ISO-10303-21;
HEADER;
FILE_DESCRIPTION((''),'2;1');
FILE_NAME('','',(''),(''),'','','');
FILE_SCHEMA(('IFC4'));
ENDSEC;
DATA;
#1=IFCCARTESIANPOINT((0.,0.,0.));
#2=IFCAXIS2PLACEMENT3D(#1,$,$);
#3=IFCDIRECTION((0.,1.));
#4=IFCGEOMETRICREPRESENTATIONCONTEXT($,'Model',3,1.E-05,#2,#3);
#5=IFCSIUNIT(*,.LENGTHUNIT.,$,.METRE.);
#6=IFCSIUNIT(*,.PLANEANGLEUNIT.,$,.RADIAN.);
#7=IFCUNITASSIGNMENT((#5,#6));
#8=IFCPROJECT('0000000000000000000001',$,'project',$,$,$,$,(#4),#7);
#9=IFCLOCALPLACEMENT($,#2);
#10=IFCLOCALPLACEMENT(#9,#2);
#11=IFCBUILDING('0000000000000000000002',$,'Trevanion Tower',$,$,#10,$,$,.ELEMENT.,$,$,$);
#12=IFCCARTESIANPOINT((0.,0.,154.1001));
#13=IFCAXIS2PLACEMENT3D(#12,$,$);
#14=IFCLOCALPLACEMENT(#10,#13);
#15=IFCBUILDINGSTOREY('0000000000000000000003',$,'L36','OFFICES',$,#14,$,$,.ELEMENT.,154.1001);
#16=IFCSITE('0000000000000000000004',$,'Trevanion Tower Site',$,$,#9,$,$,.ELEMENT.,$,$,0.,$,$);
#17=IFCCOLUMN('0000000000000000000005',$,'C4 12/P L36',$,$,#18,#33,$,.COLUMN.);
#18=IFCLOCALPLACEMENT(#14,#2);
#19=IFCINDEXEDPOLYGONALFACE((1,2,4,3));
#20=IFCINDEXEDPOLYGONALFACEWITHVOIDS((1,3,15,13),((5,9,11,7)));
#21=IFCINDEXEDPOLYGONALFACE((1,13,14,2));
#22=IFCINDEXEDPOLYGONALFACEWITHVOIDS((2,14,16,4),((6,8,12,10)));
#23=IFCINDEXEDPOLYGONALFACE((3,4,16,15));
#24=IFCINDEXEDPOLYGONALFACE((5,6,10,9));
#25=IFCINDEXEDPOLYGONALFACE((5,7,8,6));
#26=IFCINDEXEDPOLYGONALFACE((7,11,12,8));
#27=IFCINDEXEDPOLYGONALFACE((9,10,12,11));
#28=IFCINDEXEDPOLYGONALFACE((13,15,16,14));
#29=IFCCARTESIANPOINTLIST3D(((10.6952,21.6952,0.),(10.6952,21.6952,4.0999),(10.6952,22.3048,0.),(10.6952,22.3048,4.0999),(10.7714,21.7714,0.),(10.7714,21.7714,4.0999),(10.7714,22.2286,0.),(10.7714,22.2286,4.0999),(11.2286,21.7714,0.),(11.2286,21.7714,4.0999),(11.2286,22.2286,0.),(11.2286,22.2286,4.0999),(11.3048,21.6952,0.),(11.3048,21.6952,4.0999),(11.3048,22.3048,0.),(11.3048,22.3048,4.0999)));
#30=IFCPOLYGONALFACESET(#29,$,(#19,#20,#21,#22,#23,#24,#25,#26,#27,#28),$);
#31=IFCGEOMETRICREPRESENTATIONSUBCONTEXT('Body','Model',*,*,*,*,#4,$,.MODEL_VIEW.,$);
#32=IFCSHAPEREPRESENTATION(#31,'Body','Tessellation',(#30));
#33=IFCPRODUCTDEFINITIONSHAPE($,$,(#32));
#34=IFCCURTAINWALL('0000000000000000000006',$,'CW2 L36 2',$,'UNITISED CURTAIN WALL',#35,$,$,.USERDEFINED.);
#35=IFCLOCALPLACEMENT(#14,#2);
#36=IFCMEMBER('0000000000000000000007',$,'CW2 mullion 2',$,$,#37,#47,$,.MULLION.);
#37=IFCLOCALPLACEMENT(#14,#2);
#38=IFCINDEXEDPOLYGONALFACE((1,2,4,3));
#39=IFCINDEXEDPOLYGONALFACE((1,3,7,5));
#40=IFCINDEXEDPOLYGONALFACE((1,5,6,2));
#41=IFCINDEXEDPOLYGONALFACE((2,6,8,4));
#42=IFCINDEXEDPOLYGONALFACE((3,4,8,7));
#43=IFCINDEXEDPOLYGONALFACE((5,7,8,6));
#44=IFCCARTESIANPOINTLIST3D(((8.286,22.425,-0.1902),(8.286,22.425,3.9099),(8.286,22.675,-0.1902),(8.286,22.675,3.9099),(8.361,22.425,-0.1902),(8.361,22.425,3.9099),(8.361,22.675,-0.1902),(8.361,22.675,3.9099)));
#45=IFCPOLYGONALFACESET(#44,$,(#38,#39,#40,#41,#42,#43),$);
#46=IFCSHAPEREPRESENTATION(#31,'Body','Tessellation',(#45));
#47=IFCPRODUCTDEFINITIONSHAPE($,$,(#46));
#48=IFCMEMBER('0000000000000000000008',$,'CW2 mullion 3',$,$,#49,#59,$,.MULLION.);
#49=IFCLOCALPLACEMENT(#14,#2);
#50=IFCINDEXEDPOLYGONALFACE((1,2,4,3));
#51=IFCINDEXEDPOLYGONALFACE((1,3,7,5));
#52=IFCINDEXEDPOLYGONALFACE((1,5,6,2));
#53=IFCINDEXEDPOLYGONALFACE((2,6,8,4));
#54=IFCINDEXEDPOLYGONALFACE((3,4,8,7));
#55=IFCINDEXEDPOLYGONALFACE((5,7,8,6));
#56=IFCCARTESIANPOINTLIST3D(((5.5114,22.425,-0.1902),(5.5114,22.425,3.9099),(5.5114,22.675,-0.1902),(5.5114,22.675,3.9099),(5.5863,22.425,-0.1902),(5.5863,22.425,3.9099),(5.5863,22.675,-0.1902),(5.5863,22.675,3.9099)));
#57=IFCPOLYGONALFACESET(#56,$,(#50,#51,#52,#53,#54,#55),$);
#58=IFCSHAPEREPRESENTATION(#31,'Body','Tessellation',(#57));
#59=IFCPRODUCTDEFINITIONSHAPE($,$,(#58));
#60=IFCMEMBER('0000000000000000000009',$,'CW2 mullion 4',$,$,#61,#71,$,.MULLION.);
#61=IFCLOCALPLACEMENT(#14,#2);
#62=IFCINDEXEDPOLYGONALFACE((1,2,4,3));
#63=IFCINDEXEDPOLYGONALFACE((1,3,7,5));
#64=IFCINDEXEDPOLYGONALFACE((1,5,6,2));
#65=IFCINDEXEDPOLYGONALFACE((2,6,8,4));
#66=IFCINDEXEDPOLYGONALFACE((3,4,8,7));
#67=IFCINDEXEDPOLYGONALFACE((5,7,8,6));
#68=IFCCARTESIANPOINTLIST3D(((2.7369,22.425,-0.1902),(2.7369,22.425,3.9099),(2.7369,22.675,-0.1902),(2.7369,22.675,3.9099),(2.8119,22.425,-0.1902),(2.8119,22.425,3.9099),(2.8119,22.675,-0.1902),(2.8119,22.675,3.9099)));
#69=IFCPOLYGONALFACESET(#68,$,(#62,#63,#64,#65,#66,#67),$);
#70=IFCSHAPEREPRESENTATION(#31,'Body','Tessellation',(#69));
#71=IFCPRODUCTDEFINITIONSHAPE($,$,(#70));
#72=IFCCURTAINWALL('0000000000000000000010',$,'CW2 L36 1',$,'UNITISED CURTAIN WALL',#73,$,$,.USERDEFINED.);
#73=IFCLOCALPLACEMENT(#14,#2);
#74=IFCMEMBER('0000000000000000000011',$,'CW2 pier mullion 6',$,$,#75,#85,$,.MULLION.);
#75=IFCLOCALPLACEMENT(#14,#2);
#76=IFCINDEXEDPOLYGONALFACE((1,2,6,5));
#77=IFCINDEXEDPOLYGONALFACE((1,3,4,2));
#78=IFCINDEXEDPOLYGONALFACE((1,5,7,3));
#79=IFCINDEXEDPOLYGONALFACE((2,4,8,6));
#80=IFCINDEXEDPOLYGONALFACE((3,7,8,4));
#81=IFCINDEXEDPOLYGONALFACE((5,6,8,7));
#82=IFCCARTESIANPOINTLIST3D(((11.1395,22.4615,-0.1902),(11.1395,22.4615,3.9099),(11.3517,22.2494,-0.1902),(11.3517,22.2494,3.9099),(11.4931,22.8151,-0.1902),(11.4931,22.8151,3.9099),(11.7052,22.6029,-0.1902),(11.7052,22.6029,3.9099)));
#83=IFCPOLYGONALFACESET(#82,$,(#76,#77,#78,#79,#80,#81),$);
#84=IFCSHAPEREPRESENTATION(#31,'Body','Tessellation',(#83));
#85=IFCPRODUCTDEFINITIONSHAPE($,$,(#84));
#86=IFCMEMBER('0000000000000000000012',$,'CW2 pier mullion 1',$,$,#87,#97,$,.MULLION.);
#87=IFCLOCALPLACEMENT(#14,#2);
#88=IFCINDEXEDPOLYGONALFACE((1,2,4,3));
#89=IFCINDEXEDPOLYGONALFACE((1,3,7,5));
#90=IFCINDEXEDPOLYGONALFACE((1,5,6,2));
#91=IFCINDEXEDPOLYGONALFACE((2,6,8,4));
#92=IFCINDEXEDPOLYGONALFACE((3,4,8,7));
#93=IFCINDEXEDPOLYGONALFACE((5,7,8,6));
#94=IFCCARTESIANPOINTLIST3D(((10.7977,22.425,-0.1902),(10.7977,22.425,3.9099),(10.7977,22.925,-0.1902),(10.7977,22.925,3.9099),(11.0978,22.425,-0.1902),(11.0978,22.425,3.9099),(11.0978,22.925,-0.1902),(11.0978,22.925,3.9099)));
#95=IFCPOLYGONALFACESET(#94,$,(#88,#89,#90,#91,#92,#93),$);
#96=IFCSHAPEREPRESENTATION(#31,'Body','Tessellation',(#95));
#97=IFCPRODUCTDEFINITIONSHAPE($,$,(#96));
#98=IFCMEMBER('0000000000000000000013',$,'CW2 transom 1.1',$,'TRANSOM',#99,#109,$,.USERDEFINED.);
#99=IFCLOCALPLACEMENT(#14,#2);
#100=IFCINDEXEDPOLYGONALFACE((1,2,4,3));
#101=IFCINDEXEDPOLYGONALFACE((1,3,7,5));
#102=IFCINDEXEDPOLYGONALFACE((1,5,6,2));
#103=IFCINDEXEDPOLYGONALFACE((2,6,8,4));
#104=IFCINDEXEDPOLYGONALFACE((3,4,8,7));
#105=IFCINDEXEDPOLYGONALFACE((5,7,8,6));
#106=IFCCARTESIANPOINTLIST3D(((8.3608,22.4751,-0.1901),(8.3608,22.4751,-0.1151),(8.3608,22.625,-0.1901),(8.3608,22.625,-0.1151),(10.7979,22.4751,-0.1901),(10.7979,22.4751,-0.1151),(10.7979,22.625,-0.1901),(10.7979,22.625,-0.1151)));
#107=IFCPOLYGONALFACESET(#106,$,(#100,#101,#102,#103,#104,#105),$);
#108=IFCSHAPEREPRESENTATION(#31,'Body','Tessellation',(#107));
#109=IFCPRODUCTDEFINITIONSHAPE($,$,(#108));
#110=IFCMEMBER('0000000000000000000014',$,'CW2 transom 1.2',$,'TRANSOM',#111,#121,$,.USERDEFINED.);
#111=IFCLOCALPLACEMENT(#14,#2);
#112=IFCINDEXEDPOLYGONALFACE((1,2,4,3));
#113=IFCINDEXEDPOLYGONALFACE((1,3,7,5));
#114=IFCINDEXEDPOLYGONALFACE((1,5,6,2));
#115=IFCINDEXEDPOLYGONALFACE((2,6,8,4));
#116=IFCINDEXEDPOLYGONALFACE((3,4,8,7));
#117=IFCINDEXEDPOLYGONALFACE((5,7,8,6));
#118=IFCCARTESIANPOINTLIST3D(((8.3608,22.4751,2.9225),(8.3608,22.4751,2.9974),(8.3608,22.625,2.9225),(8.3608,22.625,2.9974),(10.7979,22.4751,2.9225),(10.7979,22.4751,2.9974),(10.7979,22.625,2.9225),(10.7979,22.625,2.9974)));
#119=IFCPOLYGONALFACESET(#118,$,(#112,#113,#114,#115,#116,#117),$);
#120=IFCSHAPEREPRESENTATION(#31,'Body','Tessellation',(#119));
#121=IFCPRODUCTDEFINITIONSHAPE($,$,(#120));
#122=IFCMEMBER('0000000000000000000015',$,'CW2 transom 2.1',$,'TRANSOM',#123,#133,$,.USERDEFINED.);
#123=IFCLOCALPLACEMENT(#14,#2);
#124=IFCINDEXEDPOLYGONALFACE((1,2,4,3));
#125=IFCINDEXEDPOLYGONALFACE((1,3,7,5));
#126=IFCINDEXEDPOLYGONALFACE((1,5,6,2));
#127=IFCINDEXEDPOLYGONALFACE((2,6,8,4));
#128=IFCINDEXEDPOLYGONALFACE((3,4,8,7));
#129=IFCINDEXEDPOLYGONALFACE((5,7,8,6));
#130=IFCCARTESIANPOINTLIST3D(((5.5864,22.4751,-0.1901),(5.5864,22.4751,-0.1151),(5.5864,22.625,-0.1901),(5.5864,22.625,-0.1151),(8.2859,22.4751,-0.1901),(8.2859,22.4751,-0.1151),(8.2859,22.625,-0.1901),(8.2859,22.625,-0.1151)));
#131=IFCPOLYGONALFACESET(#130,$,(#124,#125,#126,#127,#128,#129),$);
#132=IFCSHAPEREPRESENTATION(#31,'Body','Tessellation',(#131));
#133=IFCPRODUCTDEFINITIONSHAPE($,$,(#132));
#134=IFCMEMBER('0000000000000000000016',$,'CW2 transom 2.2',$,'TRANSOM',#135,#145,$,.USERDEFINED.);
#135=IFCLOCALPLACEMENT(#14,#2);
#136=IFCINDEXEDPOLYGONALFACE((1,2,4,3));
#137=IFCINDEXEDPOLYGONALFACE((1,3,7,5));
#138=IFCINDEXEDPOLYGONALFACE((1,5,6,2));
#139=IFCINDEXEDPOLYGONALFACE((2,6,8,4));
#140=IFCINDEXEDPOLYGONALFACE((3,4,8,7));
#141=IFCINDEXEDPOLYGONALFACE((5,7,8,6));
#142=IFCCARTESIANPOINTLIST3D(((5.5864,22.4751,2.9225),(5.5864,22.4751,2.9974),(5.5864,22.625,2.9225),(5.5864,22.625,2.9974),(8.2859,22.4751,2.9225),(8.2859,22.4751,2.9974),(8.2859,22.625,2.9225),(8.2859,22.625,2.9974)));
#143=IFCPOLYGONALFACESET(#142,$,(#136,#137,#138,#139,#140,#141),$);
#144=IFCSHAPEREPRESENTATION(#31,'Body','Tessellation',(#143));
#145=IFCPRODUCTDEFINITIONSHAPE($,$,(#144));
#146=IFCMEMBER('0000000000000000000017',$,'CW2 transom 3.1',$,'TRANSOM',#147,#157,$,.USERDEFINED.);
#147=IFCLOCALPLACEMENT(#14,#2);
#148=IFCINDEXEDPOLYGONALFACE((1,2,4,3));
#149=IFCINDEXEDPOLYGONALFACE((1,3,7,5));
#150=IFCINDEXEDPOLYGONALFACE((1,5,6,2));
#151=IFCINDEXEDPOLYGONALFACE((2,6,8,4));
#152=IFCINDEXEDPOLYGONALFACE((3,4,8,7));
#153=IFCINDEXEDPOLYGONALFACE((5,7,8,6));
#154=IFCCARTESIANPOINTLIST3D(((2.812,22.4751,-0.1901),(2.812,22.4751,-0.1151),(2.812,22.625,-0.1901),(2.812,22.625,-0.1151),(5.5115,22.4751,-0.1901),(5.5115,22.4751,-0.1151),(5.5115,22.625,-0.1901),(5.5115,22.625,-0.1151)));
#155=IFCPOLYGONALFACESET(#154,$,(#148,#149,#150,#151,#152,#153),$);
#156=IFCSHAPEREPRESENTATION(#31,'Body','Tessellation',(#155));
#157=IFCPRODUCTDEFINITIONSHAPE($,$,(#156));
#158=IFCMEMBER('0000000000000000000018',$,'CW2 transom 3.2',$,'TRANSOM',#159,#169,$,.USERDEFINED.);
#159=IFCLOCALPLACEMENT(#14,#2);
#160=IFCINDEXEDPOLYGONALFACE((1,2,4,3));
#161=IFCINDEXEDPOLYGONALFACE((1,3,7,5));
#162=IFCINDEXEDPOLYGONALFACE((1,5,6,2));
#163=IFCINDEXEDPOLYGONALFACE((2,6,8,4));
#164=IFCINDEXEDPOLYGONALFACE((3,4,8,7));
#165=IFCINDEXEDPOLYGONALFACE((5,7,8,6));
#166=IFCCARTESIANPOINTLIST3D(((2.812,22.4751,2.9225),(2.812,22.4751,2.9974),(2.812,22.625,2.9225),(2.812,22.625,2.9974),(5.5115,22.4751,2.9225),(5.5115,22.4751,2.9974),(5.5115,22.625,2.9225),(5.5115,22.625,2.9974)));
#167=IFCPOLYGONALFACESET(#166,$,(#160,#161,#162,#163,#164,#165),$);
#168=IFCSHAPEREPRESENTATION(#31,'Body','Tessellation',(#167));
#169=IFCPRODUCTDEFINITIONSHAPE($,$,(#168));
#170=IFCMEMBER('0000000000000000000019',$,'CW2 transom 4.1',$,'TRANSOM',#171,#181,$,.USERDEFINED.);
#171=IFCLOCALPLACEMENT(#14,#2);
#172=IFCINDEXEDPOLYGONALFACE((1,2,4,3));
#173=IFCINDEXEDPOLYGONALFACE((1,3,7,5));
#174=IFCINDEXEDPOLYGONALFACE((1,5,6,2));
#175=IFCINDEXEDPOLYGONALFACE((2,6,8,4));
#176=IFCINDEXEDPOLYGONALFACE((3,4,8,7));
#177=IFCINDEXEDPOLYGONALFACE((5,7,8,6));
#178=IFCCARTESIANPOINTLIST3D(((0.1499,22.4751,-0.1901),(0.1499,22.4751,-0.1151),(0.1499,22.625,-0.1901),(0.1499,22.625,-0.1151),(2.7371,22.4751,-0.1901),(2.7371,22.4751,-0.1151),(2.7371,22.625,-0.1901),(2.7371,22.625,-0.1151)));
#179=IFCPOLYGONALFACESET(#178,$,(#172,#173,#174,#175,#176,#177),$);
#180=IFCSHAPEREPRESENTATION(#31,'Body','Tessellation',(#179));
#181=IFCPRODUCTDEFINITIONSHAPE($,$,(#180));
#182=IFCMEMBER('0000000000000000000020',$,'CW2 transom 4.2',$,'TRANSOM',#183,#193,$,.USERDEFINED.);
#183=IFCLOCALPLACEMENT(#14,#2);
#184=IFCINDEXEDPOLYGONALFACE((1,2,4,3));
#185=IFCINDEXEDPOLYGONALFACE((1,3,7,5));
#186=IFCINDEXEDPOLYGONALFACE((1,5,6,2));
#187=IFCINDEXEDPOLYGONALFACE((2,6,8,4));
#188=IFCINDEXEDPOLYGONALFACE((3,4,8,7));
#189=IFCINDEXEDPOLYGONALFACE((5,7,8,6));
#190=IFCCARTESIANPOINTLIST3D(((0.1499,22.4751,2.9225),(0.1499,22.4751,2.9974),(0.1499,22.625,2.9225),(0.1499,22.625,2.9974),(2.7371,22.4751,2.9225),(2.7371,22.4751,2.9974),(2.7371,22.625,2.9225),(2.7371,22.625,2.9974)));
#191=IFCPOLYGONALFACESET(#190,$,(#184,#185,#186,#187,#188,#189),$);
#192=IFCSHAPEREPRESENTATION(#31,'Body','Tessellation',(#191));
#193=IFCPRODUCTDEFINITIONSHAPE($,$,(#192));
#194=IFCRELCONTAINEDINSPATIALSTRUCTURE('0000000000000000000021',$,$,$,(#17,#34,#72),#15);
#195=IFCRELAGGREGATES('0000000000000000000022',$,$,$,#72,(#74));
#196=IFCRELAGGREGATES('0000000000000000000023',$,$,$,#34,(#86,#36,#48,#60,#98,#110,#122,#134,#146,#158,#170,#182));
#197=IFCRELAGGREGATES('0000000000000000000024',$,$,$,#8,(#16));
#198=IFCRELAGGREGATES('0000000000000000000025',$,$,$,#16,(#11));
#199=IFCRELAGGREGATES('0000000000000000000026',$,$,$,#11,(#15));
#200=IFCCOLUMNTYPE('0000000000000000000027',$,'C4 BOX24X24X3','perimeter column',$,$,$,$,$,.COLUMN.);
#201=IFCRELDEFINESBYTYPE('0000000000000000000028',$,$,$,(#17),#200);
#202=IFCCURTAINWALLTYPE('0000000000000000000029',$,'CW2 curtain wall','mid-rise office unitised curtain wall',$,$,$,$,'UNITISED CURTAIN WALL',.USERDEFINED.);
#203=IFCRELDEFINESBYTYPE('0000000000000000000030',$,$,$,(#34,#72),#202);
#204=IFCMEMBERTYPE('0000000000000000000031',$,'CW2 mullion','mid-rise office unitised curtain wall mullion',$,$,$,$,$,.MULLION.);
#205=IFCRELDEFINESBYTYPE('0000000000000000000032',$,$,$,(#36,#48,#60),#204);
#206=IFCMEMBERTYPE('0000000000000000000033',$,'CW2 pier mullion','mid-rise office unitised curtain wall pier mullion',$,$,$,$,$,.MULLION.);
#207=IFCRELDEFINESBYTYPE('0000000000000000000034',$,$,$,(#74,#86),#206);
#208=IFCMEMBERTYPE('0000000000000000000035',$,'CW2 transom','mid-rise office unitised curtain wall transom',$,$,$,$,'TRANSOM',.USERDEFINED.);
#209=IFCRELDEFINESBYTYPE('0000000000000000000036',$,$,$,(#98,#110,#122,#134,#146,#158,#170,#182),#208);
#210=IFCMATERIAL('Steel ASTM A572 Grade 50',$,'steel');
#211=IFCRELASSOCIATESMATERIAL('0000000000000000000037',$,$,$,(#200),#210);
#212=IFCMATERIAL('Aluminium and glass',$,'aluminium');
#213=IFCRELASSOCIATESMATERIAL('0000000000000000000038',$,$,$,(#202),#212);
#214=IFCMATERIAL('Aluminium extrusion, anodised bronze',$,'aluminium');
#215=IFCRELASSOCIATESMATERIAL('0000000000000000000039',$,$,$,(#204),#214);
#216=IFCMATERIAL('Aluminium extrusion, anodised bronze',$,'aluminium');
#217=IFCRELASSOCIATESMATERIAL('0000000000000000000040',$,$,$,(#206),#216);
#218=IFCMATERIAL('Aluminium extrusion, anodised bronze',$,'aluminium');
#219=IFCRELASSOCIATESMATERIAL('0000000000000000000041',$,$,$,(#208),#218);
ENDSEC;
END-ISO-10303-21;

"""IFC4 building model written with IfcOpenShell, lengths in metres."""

from ifc_helpers import new_model, si_unit, direction, frame, origin, origin_2d, place, context, subcontext, project, spatial, rectangle, hollow_rectangle, extrude, material, material_profile, profile_set, type_object, element, aggregate, save


model = new_model("IFC4")

# Units and contexts
model_context = context("Model", 3, precision=1e-05, world=origin(), true_north=direction((0.0, 1.0)))
body_context = subcontext(model_context, "Body", "Model", "MODEL_VIEW")
ifc_project = project(units=[si_unit("LENGTHUNIT", "METRE"), si_unit("PLANEANGLEUNIT", "RADIAN")], contexts=[model_context])

# Site, building, storey
site_placement = place(None, origin())
site = spatial("IfcSite", under=ifc_project, at=site_placement, Name="Trevanion Tower Site", CompositionType="ELEMENT", RefElevation=0.0)
building_placement = place(site_placement, origin())
building = spatial("IfcBuilding", under=site, at=building_placement, Name="Trevanion Tower", CompositionType="ELEMENT")
storey_placement = place(building_placement, frame((0.0, 0.0, 154.1001)))
storey = spatial("IfcBuildingStorey", under=building, at=storey_placement, Name="L36", Description="OFFICES", CompositionType="ELEMENT", Elevation=154.1001)

# Column
ifc_material_1 = material(Name="Steel ASTM A572 Grade 50", Category="steel")
ifc_material_profile_1 = material_profile(ifc_material_1, hollow_rectangle(XDim=0.6096, YDim=0.6096, WallThickness=0.0762, at=origin_2d()), Name="BOX24X24X3")
ifc_profile_set_1 = profile_set([ifc_material_profile_1], Name="Steel ASTM A572 Grade 50")
column_type = type_object("IfcColumnType", Name="C4 BOX24X24X3", Description="perimeter column", PredefinedType="COLUMN", material=ifc_profile_set_1)
column_placement = place(storey_placement, frame((11.0, 22.0, 0.0), z_axis=(0.0, 0.0, 1.0), x_axis=(1.0, 0.0, 0.0)))
element("IfcColumn", 1, at=column_placement, inside=storey, type_object=column_type, Name="C4 12/P L36", PredefinedType="COLUMN", context=body_context, shape_type="SweptSolid", body=[
    extrude(hollow_rectangle(XDim=0.6096, YDim=0.6096, WallThickness=0.0762, at=origin_2d()), origin(), (0.0, 0.0, 1.0), 4.0999),
])

# Curtain wall, members
ifc_material_2 = material(Name="Aluminium and glass", Category="aluminium")
curtain_wall_type = type_object("IfcCurtainWallType", Name="CW2 curtain wall", Description="mid-rise office unitised curtain wall", ElementType="UNITISED CURTAIN WALL", PredefinedType="USERDEFINED", material=ifc_material_2)
curtain_wall_1_placement = place(storey_placement, origin())
curtain_wall_1 = element("IfcCurtainWall", 2, at=curtain_wall_1_placement, inside=storey, type_object=curtain_wall_type, Name="CW2 L36 2", ObjectType="UNITISED CURTAIN WALL", PredefinedType="USERDEFINED")
ifc_material_3 = material(Name="Aluminium extrusion, anodised bronze", Category="aluminium")
ifc_material_profile_2 = material_profile(ifc_material_3, rectangle(XDim=0.075, YDim=0.25, at=origin_2d()), Name="CW2 mullion")
ifc_profile_set_2 = profile_set([ifc_material_profile_2], Name="Aluminium extrusion, anodised bronze")
member_type_1 = type_object("IfcMemberType", Name="CW2 mullion", Description="mid-rise office unitised curtain wall mullion", PredefinedType="MULLION", material=ifc_profile_set_2)
member_1_placement = place(storey_placement, frame((8.3235, 22.55, -0.1902), z_axis=(0.0, 0.0, 1.0), x_axis=(-1.0, 0.0, 0.0)))
member_1 = element("IfcMember", 3, at=member_1_placement, type_object=member_type_1, Name="CW2 mullion 2", PredefinedType="MULLION", context=body_context, shape_type="SweptSolid", body=[
    extrude(rectangle(XDim=0.075, YDim=0.25, at=origin_2d()), origin(), (0.0, 0.0, 1.0), 4.1001),
])
member_2_placement = place(storey_placement, frame((5.5488, 22.55, -0.1902), z_axis=(0.0, 0.0, 1.0), x_axis=(-1.0, 0.0, 0.0)))
member_2 = element("IfcMember", 4, at=member_2_placement, type_object=member_type_1, Name="CW2 mullion 3", PredefinedType="MULLION", context=body_context, shape_type="SweptSolid", body=[
    extrude(rectangle(XDim=0.075, YDim=0.25, at=origin_2d()), origin(), (0.0, 0.0, 1.0), 4.1001),
])
member_3_placement = place(storey_placement, frame((2.7744, 22.55, -0.1902), z_axis=(0.0, 0.0, 1.0), x_axis=(-1.0, 0.0, 0.0)))
member_3 = element("IfcMember", 5, at=member_3_placement, type_object=member_type_1, Name="CW2 mullion 4", PredefinedType="MULLION", context=body_context, shape_type="SweptSolid", body=[
    extrude(rectangle(XDim=0.075, YDim=0.25, at=origin_2d()), origin(), (0.0, 0.0, 1.0), 4.1001),
])

# Curtain wall, member
curtain_wall_2_placement = place(storey_placement, origin())
curtain_wall_2 = element("IfcCurtainWall", 6, at=curtain_wall_2_placement, inside=storey, type_object=curtain_wall_type, Name="CW2 L36 1", ObjectType="UNITISED CURTAIN WALL", PredefinedType="USERDEFINED")
ifc_material_4 = material(Name="Aluminium extrusion, anodised bronze", Category="aluminium")
ifc_material_profile_3 = material_profile(ifc_material_4, rectangle(XDim=0.3, YDim=0.5, at=origin_2d()), Name="CW2 pier mullion")
ifc_profile_set_3 = profile_set([ifc_material_profile_3], Name="Aluminium extrusion, anodised bronze")
member_type_2 = type_object("IfcMemberType", Name="CW2 pier mullion", Description="mid-rise office unitised curtain wall pier mullion", PredefinedType="MULLION", material=ifc_profile_set_3)
member_4_placement = place(storey_placement, frame((11.4224, 22.5322, -0.1902), z_axis=(0.0, 0.0, 1.0), x_axis=(-0.707107, 0.707107, 0.0)))
member_4 = element("IfcMember", 7, at=member_4_placement, type_object=member_type_2, Name="CW2 pier mullion 6", PredefinedType="MULLION", context=body_context, shape_type="SweptSolid", body=[
    extrude(rectangle(XDim=0.3, YDim=0.5, at=origin_2d()), origin(), (0.0, 0.0, 1.0), 4.1001),
])
aggregate(curtain_wall_2, [member_4])

# Members
member_5_placement = place(storey_placement, frame((10.9478, 22.675, -0.1902), z_axis=(0.0, 0.0, 1.0), x_axis=(-1.0, 0.0, 0.0)))
member_5 = element("IfcMember", 8, at=member_5_placement, type_object=member_type_2, Name="CW2 pier mullion 1", PredefinedType="MULLION", context=body_context, shape_type="SweptSolid", body=[
    extrude(rectangle(XDim=0.3, YDim=0.5, at=origin_2d()), origin(), (0.0, 0.0, 1.0), 4.1001),
])
ifc_material_5 = material(Name="Aluminium extrusion, anodised bronze", Category="aluminium")
ifc_material_profile_4 = material_profile(ifc_material_5, rectangle(XDim=0.1499, YDim=0.075, at=origin_2d()), Name="CW2 transom")
ifc_profile_set_4 = profile_set([ifc_material_profile_4], Name="Aluminium extrusion, anodised bronze")
member_type_3 = type_object("IfcMemberType", Name="CW2 transom", Description="mid-rise office unitised curtain wall transom", ElementType="TRANSOM", PredefinedType="USERDEFINED", material=ifc_profile_set_4)
member_6_placement = place(storey_placement, frame((10.7979, 22.55, -0.1526), z_axis=(-1.0, 0.0, 0.0), x_axis=(0.0, -1.0, 0.0)))
member_6 = element("IfcMember", 9, at=member_6_placement, type_object=member_type_3, Name="CW2 transom 1.1", ObjectType="TRANSOM", PredefinedType="USERDEFINED", context=body_context, shape_type="SweptSolid", body=[
    extrude(rectangle(XDim=0.1499, YDim=0.075, at=origin_2d()), origin(), (0.0, 0.0, 1.0), 2.437),
])
member_7_placement = place(storey_placement, frame((10.7979, 22.55, 2.96), z_axis=(-1.0, 0.0, 0.0), x_axis=(0.0, -1.0, 0.0)))
member_7 = element("IfcMember", 10, at=member_7_placement, type_object=member_type_3, Name="CW2 transom 1.2", ObjectType="TRANSOM", PredefinedType="USERDEFINED", context=body_context, shape_type="SweptSolid", body=[
    extrude(rectangle(XDim=0.1499, YDim=0.075, at=origin_2d()), origin(), (0.0, 0.0, 1.0), 2.437),
])
member_8_placement = place(storey_placement, frame((8.2859, 22.55, -0.1526), z_axis=(-1.0, 0.0, 0.0), x_axis=(0.0, -1.0, 0.0)))
member_8 = element("IfcMember", 11, at=member_8_placement, type_object=member_type_3, Name="CW2 transom 2.1", ObjectType="TRANSOM", PredefinedType="USERDEFINED", context=body_context, shape_type="SweptSolid", body=[
    extrude(rectangle(XDim=0.1499, YDim=0.075, at=origin_2d()), origin(), (0.0, 0.0, 1.0), 2.6995),
])
member_9_placement = place(storey_placement, frame((8.2859, 22.55, 2.96), z_axis=(-1.0, 0.0, 0.0), x_axis=(0.0, -1.0, 0.0)))
member_9 = element("IfcMember", 12, at=member_9_placement, type_object=member_type_3, Name="CW2 transom 2.2", ObjectType="TRANSOM", PredefinedType="USERDEFINED", context=body_context, shape_type="SweptSolid", body=[
    extrude(rectangle(XDim=0.1499, YDim=0.075, at=origin_2d()), origin(), (0.0, 0.0, 1.0), 2.6995),
])
member_10_placement = place(storey_placement, frame((5.5115, 22.55, -0.1526), z_axis=(-1.0, 0.0, 0.0), x_axis=(0.0, -1.0, 0.0)))
member_10 = element("IfcMember", 13, at=member_10_placement, type_object=member_type_3, Name="CW2 transom 3.1", ObjectType="TRANSOM", PredefinedType="USERDEFINED", context=body_context, shape_type="SweptSolid", body=[
    extrude(rectangle(XDim=0.1499, YDim=0.075, at=origin_2d()), origin(), (0.0, 0.0, 1.0), 2.6995),
])
member_11_placement = place(storey_placement, frame((5.5115, 22.55, 2.96), z_axis=(-1.0, 0.0, 0.0), x_axis=(0.0, -1.0, 0.0)))
member_11 = element("IfcMember", 14, at=member_11_placement, type_object=member_type_3, Name="CW2 transom 3.2", ObjectType="TRANSOM", PredefinedType="USERDEFINED", context=body_context, shape_type="SweptSolid", body=[
    extrude(rectangle(XDim=0.1499, YDim=0.075, at=origin_2d()), origin(), (0.0, 0.0, 1.0), 2.6995),
])
member_12_placement = place(storey_placement, frame((2.7371, 22.55, -0.1526), z_axis=(-1.0, 0.0, 0.0), x_axis=(0.0, -1.0, 0.0)))
member_12 = element("IfcMember", 15, at=member_12_placement, type_object=member_type_3, Name="CW2 transom 4.1", ObjectType="TRANSOM", PredefinedType="USERDEFINED", context=body_context, shape_type="SweptSolid", body=[
    extrude(rectangle(XDim=0.1499, YDim=0.075, at=origin_2d()), origin(), (0.0, 0.0, 1.0), 2.5872),
])
member_13_placement = place(storey_placement, frame((2.7371, 22.55, 2.96), z_axis=(-1.0, 0.0, 0.0), x_axis=(0.0, -1.0, 0.0)))
member_13 = element("IfcMember", 16, at=member_13_placement, type_object=member_type_3, Name="CW2 transom 4.2", ObjectType="TRANSOM", PredefinedType="USERDEFINED", context=body_context, shape_type="SweptSolid", body=[
    extrude(rectangle(XDim=0.1499, YDim=0.075, at=origin_2d()), origin(), (0.0, 0.0, 1.0), 2.5872),
])

aggregate(curtain_wall_1, [member_5, member_1, member_2, member_3, member_6, member_7, member_8, member_9, member_10, member_11, member_12, member_13])

save(model, "model.ifc")
